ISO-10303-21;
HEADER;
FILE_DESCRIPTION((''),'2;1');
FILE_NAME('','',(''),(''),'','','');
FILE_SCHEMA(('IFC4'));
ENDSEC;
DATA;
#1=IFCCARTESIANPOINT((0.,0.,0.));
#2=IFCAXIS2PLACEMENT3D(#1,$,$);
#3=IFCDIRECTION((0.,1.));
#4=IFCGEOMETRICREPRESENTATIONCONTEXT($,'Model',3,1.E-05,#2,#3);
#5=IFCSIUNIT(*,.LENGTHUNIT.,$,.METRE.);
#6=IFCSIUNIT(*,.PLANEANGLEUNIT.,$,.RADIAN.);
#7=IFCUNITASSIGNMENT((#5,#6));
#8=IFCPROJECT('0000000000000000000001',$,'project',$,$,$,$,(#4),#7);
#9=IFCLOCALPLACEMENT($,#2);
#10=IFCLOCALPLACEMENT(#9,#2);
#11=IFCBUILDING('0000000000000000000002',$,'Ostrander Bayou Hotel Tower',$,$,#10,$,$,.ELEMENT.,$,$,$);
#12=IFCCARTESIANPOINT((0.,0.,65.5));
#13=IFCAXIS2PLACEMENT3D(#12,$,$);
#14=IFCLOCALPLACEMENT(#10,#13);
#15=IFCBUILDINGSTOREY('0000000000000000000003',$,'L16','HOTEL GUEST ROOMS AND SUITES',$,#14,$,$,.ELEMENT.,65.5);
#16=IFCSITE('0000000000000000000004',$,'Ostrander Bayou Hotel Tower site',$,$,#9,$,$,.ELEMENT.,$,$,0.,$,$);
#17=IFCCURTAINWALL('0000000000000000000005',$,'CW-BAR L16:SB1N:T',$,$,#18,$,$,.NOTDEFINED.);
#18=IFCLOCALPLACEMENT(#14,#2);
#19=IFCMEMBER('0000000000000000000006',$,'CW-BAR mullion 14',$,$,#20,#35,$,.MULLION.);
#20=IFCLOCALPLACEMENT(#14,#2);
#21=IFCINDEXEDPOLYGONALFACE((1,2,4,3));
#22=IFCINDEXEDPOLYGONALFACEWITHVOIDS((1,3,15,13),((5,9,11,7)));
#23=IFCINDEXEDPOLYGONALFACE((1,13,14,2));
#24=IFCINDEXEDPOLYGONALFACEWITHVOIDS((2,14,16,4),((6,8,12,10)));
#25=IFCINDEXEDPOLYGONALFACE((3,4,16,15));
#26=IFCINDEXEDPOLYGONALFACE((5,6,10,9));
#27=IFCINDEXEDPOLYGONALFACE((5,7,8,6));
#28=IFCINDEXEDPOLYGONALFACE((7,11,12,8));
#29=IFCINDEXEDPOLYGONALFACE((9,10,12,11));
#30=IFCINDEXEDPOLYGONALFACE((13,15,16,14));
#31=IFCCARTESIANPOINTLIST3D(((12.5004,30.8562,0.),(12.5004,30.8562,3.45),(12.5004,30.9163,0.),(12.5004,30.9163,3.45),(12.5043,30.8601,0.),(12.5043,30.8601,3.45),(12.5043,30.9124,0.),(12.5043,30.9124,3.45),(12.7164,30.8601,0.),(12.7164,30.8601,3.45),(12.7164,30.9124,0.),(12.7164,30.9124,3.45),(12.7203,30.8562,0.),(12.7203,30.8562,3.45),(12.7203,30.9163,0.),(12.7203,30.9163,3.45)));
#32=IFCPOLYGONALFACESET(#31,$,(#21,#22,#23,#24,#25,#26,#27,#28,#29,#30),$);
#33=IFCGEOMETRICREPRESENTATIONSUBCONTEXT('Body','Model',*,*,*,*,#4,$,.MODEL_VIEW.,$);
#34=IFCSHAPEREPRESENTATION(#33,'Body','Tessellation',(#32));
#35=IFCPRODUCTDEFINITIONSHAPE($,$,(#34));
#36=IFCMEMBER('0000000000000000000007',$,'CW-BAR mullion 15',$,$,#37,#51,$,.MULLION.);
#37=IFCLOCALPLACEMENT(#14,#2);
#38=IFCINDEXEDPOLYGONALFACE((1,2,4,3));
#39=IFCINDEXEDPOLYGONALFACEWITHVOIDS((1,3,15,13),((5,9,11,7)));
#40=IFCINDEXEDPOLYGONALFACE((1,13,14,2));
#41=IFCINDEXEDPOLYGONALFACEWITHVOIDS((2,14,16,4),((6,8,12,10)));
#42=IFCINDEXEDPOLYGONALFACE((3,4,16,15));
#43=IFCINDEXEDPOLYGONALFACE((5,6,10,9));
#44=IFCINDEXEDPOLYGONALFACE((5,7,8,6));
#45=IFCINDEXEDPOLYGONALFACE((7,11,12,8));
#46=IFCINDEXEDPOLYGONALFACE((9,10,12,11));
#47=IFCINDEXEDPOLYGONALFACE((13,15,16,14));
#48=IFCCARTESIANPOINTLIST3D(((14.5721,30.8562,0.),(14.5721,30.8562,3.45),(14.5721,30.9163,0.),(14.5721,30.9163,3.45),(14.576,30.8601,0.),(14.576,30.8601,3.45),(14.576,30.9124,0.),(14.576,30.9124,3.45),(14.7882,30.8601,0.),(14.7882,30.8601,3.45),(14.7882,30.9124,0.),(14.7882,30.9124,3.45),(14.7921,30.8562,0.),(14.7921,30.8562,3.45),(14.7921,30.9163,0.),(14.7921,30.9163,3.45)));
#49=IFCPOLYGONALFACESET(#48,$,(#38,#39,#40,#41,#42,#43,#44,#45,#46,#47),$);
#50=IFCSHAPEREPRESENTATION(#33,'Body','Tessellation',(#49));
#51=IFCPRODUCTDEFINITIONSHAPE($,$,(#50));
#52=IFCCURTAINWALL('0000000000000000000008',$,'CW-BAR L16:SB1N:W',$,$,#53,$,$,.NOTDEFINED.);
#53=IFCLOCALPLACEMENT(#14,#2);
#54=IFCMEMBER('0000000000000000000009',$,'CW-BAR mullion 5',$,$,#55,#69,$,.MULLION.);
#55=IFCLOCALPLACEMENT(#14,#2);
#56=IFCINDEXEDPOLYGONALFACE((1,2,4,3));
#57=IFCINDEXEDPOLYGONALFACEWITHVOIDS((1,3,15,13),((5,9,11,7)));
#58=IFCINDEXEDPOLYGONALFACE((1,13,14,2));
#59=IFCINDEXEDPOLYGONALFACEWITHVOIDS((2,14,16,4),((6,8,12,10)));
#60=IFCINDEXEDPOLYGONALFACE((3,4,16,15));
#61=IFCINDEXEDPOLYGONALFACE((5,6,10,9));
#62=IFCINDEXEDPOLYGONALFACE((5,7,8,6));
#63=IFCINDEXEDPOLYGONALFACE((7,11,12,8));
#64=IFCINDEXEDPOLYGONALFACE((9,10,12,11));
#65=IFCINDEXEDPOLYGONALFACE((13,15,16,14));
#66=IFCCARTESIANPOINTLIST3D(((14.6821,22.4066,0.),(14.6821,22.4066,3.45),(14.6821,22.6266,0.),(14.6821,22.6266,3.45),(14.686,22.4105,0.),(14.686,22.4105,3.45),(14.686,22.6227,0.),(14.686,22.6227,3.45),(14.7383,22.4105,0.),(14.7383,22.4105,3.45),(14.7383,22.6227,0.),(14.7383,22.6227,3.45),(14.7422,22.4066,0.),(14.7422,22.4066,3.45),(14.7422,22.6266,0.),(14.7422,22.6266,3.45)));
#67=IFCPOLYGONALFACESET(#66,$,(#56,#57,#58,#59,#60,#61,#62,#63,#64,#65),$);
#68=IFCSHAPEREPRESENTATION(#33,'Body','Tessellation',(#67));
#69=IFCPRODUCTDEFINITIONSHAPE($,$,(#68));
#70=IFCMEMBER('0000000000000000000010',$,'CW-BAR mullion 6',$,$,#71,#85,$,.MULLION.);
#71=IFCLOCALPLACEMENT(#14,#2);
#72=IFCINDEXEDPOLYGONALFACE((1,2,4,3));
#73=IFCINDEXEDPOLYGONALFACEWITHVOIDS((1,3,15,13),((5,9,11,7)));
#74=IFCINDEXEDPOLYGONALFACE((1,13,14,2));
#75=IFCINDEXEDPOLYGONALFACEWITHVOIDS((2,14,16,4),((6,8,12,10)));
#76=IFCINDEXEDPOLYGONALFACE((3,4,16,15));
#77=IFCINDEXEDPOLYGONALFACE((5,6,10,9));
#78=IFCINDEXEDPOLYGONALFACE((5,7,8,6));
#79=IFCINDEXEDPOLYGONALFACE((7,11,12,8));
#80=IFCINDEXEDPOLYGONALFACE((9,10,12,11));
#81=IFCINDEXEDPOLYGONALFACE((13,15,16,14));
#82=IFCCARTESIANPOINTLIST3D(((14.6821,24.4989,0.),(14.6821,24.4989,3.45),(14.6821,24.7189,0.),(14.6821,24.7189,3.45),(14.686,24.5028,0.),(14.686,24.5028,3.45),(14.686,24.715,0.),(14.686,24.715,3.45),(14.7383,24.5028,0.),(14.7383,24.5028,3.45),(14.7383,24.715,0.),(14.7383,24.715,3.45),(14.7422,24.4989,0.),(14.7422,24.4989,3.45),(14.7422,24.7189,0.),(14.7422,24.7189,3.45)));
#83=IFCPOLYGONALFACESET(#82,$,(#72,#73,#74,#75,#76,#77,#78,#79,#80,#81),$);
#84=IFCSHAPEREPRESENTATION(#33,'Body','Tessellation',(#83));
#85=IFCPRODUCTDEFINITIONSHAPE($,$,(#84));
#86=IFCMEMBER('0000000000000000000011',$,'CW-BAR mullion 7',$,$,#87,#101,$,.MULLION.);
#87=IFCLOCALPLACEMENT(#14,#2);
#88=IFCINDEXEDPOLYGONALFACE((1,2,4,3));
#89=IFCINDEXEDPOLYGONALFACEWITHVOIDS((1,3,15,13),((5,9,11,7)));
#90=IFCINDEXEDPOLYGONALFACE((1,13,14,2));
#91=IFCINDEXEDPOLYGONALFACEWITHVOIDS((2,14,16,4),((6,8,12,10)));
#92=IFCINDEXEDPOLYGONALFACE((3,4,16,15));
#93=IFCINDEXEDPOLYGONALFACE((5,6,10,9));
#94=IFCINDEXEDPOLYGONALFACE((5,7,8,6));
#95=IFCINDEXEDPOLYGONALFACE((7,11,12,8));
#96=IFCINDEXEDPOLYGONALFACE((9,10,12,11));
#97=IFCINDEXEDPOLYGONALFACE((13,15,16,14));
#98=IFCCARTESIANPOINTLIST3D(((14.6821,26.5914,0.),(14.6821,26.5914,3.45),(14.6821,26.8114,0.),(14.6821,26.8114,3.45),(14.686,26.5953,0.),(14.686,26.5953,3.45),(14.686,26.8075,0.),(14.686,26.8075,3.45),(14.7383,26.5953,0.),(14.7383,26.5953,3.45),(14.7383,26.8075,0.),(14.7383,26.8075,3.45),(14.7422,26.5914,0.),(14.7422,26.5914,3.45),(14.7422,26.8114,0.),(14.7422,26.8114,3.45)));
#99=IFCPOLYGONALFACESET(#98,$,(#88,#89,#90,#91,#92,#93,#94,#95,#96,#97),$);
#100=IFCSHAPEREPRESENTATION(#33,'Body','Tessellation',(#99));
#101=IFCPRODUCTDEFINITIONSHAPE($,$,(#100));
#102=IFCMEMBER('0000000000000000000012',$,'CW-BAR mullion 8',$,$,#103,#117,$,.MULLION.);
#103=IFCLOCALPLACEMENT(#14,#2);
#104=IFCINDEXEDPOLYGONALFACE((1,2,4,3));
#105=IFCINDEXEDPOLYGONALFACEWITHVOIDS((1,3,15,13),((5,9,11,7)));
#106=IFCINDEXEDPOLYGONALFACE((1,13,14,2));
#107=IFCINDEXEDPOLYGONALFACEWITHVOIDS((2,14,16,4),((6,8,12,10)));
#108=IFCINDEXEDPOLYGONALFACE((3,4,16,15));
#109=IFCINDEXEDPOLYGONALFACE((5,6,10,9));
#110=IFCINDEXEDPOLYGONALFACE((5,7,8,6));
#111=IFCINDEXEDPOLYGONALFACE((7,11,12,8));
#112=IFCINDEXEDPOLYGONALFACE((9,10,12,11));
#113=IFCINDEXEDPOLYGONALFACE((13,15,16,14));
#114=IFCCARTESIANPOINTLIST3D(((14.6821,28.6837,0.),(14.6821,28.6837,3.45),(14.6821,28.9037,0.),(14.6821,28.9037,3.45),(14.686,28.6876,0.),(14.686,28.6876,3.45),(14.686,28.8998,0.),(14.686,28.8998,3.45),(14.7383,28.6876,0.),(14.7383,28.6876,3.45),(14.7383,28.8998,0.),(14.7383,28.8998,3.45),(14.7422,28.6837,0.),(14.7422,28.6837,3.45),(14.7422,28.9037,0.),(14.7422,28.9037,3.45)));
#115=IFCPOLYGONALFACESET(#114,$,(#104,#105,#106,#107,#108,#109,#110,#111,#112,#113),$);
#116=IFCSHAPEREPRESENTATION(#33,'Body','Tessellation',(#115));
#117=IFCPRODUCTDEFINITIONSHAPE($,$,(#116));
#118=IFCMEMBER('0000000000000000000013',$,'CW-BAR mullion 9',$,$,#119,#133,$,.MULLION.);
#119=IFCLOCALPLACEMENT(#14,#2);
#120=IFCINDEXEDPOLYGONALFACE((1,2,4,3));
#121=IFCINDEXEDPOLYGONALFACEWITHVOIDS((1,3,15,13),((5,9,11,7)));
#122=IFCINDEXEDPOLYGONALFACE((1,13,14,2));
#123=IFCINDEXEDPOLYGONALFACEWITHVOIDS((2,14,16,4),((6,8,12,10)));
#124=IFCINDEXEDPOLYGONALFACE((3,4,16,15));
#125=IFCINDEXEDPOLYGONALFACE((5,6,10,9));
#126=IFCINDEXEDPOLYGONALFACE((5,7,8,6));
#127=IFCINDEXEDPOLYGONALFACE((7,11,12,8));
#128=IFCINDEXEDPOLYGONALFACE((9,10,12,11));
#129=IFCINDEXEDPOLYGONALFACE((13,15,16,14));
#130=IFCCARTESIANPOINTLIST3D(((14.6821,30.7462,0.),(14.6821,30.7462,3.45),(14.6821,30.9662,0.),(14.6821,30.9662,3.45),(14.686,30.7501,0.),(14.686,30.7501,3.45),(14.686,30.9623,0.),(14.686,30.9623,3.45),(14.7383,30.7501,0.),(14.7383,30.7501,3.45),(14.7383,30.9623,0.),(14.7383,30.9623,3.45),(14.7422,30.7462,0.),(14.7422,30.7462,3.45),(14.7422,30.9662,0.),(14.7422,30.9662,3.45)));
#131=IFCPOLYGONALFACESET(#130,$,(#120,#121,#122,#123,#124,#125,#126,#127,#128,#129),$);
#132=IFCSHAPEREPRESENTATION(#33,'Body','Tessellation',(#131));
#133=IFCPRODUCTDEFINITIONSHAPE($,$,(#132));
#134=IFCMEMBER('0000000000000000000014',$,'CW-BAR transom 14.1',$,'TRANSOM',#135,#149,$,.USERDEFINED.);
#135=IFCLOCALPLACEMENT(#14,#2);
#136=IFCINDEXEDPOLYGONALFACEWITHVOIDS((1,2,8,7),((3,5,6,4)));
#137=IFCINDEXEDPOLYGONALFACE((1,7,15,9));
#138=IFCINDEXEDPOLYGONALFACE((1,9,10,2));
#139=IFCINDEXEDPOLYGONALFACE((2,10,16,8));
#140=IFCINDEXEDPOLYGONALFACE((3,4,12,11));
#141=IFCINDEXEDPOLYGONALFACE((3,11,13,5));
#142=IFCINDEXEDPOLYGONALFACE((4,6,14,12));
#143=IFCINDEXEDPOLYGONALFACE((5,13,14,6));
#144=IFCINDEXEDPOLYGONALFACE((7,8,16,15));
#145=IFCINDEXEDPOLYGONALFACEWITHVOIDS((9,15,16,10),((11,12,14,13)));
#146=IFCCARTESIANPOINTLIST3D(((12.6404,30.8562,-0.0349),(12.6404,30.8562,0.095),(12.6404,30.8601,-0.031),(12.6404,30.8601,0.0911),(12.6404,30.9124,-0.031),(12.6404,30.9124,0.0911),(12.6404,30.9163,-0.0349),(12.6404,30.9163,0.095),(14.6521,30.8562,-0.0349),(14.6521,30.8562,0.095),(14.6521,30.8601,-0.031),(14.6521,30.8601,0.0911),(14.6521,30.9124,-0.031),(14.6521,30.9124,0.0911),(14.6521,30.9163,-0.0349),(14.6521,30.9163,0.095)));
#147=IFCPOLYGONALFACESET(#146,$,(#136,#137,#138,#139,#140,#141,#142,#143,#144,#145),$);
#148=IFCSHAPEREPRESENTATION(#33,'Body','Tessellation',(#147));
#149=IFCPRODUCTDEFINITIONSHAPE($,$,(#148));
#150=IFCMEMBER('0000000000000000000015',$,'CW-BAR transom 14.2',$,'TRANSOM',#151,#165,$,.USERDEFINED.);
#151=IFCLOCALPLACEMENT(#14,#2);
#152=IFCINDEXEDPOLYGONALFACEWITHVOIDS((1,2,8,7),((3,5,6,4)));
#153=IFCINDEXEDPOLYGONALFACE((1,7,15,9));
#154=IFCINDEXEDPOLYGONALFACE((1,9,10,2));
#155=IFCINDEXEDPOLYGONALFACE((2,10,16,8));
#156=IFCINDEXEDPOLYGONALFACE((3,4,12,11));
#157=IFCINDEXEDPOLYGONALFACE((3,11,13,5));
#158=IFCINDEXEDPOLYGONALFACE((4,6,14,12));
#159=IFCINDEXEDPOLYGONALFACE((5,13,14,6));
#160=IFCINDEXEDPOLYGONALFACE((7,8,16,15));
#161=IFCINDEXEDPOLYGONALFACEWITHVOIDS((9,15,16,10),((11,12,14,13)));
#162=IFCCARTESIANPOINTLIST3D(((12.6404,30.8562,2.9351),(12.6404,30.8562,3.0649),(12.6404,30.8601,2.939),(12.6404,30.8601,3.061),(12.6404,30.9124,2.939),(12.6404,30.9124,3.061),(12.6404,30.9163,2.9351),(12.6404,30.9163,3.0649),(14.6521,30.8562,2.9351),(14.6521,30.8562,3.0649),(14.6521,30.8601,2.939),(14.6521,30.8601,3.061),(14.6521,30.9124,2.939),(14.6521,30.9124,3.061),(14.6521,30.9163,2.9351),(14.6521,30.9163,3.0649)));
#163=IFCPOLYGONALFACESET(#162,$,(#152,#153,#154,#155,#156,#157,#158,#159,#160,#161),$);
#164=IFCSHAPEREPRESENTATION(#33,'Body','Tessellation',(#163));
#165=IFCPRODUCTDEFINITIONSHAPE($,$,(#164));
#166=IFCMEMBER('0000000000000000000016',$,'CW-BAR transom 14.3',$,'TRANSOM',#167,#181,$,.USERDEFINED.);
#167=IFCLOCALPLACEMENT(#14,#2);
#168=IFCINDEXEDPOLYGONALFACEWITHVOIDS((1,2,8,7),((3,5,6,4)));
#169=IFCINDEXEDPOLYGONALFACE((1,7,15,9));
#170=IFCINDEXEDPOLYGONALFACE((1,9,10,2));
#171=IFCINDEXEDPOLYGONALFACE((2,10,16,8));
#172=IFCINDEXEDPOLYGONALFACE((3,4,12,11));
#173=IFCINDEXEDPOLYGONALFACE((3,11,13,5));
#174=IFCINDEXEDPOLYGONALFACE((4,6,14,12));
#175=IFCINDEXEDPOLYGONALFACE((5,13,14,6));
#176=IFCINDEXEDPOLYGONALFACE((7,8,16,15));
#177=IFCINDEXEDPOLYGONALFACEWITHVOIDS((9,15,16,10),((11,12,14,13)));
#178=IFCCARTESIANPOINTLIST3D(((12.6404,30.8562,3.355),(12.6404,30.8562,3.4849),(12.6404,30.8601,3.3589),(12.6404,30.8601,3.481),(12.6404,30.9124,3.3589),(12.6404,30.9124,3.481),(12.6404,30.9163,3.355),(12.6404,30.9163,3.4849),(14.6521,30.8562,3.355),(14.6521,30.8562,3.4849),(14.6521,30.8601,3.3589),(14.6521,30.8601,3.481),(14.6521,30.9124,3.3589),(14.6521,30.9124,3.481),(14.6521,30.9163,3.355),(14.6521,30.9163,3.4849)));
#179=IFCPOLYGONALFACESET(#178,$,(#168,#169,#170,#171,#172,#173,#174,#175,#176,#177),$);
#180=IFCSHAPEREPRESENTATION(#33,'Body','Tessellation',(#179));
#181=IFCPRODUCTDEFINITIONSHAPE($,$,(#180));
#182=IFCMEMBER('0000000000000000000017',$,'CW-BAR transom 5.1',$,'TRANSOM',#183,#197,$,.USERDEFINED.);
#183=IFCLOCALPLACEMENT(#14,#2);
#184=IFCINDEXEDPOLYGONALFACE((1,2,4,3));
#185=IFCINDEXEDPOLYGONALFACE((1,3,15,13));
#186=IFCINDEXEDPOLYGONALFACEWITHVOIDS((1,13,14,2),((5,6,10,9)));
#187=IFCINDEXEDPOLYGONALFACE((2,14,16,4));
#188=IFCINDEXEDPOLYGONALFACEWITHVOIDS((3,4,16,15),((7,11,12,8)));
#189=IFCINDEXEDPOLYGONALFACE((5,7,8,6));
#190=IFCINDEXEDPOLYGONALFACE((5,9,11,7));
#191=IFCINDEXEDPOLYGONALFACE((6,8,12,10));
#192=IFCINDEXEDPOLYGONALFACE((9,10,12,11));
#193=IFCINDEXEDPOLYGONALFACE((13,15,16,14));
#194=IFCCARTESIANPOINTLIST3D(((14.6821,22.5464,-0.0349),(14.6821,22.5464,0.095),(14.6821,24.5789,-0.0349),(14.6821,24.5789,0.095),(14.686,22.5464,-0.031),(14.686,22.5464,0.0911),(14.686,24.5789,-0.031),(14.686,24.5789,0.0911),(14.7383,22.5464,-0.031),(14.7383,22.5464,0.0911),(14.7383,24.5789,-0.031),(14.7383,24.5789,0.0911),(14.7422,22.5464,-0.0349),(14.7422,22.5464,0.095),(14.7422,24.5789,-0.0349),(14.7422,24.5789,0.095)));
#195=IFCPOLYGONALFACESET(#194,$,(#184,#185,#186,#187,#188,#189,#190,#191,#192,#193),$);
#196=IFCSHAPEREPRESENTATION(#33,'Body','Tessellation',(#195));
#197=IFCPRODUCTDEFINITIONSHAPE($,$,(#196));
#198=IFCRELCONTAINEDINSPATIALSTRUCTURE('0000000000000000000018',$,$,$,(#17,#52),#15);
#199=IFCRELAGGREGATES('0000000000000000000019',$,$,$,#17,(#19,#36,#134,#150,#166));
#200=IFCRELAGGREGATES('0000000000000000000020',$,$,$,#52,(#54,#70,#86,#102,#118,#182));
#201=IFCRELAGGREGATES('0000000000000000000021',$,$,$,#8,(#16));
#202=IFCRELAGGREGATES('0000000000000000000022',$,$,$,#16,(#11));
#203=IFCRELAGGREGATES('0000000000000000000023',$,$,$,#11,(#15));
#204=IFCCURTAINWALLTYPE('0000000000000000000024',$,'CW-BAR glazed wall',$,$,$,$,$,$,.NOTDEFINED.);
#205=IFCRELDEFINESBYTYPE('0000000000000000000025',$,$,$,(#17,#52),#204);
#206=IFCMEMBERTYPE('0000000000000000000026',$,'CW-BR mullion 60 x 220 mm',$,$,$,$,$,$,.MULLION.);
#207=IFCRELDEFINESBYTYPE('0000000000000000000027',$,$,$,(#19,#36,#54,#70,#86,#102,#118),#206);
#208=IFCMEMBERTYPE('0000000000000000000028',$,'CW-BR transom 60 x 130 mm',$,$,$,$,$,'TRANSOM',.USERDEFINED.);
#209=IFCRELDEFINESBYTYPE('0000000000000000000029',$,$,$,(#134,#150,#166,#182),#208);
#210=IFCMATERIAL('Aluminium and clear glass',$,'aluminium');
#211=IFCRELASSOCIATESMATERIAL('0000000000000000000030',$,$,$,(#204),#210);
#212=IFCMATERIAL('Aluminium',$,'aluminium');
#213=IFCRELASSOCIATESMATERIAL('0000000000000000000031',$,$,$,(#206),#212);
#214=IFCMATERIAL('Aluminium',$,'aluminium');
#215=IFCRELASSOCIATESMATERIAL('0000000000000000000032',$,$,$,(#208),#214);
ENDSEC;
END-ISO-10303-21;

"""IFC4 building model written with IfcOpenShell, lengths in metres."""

from ifc_helpers import new_model, si_unit, direction, frame, origin, origin_2d, place, context, subcontext, project, spatial, hollow_rectangle, extrude, material, material_profile, profile_set, type_object, element, aggregate, save


model = new_model("IFC4")

# Units and contexts
model_context = context("Model", 3, precision=1e-05, world=origin(), true_north=direction((0.0, 1.0)))
body_context = subcontext(model_context, "Body", "Model", "MODEL_VIEW")
ifc_project = project(units=[si_unit("LENGTHUNIT", "METRE"), si_unit("PLANEANGLEUNIT", "RADIAN")], contexts=[model_context])

# Site, building, storey
site_placement = place(None, origin())
site = spatial("IfcSite", under=ifc_project, at=site_placement, Name="Ostrander Bayou Hotel Tower site", CompositionType="ELEMENT", RefElevation=0.0)
building_placement = place(site_placement, origin())
building = spatial("IfcBuilding", under=site, at=building_placement, Name="Ostrander Bayou Hotel Tower", CompositionType="ELEMENT")
storey_placement = place(building_placement, frame((0.0, 0.0, 65.5)))
storey = spatial("IfcBuildingStorey", under=building, at=storey_placement, Name="L16", Description="HOTEL GUEST ROOMS AND SUITES", CompositionType="ELEMENT", Elevation=65.5)

# Curtain walls, members
ifc_material_1 = material(Name="Aluminium and clear glass", Category="aluminium")
curtain_wall_type = type_object("IfcCurtainWallType", Name="CW-BAR glazed wall", PredefinedType="NOTDEFINED", material=ifc_material_1)
curtain_wall_1_placement = place(storey_placement, origin())
curtain_wall_1 = element("IfcCurtainWall", 1, at=curtain_wall_1_placement, inside=storey, type_object=curtain_wall_type, Name="CW-BAR L16:SB1N:T", PredefinedType="NOTDEFINED")
ifc_material_2 = material(Name="Aluminium", Category="aluminium")
ifc_material_profile_1 = material_profile(ifc_material_2, hollow_rectangle(XDim=0.0601, YDim=0.22, WallThickness=0.0039, at=origin_2d()))
ifc_profile_set_1 = profile_set([ifc_material_profile_1], Name="Aluminium")
member_type_1 = type_object("IfcMemberType", Name="CW-BR mullion 60 x 220 mm", PredefinedType="MULLION", material=ifc_profile_set_1)
member_1_placement = place(storey_placement, frame((12.6104, 30.8862, 0.0), z_axis=(0.0, 0.0, 1.0), x_axis=(0.0, 1.0, 0.0)))
member_1 = element("IfcMember", 2, at=member_1_placement, type_object=member_type_1, Name="CW-BAR mullion 14", PredefinedType="MULLION", context=body_context, shape_type="SweptSolid", body=[
    extrude(hollow_rectangle(XDim=0.0601, YDim=0.22, WallThickness=0.0039, at=origin_2d()), origin(), (0.0, 0.0, 1.0), 3.45),
])
member_2_placement = place(storey_placement, frame((14.6821, 30.8862, 0.0), z_axis=(0.0, 0.0, 1.0), x_axis=(0.0, 1.0, 0.0)))
member_2 = element("IfcMember", 3, at=member_2_placement, type_object=member_type_1, Name="CW-BAR mullion 15", PredefinedType="MULLION", context=body_context, shape_type="SweptSolid", body=[
    extrude(hollow_rectangle(XDim=0.0601, YDim=0.22, WallThickness=0.0039, at=origin_2d()), origin(), (0.0, 0.0, 1.0), 3.45),
])
curtain_wall_2_placement = place(storey_placement, origin())
curtain_wall_2 = element("IfcCurtainWall", 4, at=curtain_wall_2_placement, inside=storey, type_object=curtain_wall_type, Name="CW-BAR L16:SB1N:W", PredefinedType="NOTDEFINED")
member_3_placement = place(storey_placement, frame((14.7122, 22.5166, 0.0), z_axis=(0.0, 0.0, 1.0), x_axis=(-1.0, 0.0, 0.0)))
member_3 = element("IfcMember", 5, at=member_3_placement, type_object=member_type_1, Name="CW-BAR mullion 5", PredefinedType="MULLION", context=body_context, shape_type="SweptSolid", body=[
    extrude(hollow_rectangle(XDim=0.0601, YDim=0.22, WallThickness=0.0039, at=origin_2d()), origin(), (0.0, 0.0, 1.0), 3.45),
])
member_4_placement = place(storey_placement, frame((14.7122, 24.6089, 0.0), z_axis=(0.0, 0.0, 1.0), x_axis=(-1.0, 0.0, 0.0)))
member_4 = element("IfcMember", 6, at=member_4_placement, type_object=member_type_1, Name="CW-BAR mullion 6", PredefinedType="MULLION", context=body_context, shape_type="SweptSolid", body=[
    extrude(hollow_rectangle(XDim=0.0601, YDim=0.22, WallThickness=0.0039, at=origin_2d()), origin(), (0.0, 0.0, 1.0), 3.45),
])
member_5_placement = place(storey_placement, frame((14.7122, 26.7014, 0.0), z_axis=(0.0, 0.0, 1.0), x_axis=(-1.0, 0.0, 0.0)))
member_5 = element("IfcMember", 7, at=member_5_placement, type_object=member_type_1, Name="CW-BAR mullion 7", PredefinedType="MULLION", context=body_context, shape_type="SweptSolid", body=[
    extrude(hollow_rectangle(XDim=0.0601, YDim=0.22, WallThickness=0.0039, at=origin_2d()), origin(), (0.0, 0.0, 1.0), 3.45),
])
member_6_placement = place(storey_placement, frame((14.7122, 28.7937, 0.0), z_axis=(0.0, 0.0, 1.0), x_axis=(-1.0, 0.0, 0.0)))
member_6 = element("IfcMember", 8, at=member_6_placement, type_object=member_type_1, Name="CW-BAR mullion 8", PredefinedType="MULLION", context=body_context, shape_type="SweptSolid", body=[
    extrude(hollow_rectangle(XDim=0.0601, YDim=0.22, WallThickness=0.0039, at=origin_2d()), origin(), (0.0, 0.0, 1.0), 3.45),
])
member_7_placement = place(storey_placement, frame((14.7122, 30.8562, 0.0), z_axis=(0.0, 0.0, 1.0), x_axis=(-1.0, 0.0, 0.0)))
member_7 = element("IfcMember", 9, at=member_7_placement, type_object=member_type_1, Name="CW-BAR mullion 9", PredefinedType="MULLION", context=body_context, shape_type="SweptSolid", body=[
    extrude(hollow_rectangle(XDim=0.0601, YDim=0.22, WallThickness=0.0039, at=origin_2d()), origin(), (0.0, 0.0, 1.0), 3.45),
])

# Members
ifc_material_3 = material(Name="Aluminium", Category="aluminium")
ifc_material_profile_2 = material_profile(ifc_material_3, hollow_rectangle(XDim=0.0601, YDim=0.1299, WallThickness=0.0039, at=origin_2d()))
ifc_profile_set_2 = profile_set([ifc_material_profile_2], Name="Aluminium")
member_type_2 = type_object("IfcMemberType", Name="CW-BR transom 60 x 130 mm", ElementType="TRANSOM", PredefinedType="USERDEFINED", material=ifc_profile_set_2)
member_8_placement = place(storey_placement, frame((12.6404, 30.8862, 0.03), z_axis=(1.0, 0.0, 0.0), x_axis=(0.0, 1.0, 0.0)))
member_8 = element("IfcMember", 10, at=member_8_placement, type_object=member_type_2, Name="CW-BAR transom 14.1", ObjectType="TRANSOM", PredefinedType="USERDEFINED", context=body_context, shape_type="SweptSolid", body=[
    extrude(hollow_rectangle(XDim=0.0601, YDim=0.1299, WallThickness=0.0039, at=origin_2d()), origin(), (0.0, 0.0, 1.0), 2.0117),
])
member_9_placement = place(storey_placement, frame((12.6404, 30.8862, 3.0), z_axis=(1.0, 0.0, 0.0), x_axis=(0.0, 1.0, 0.0)))
member_9 = element("IfcMember", 11, at=member_9_placement, type_object=member_type_2, Name="CW-BAR transom 14.2", ObjectType="TRANSOM", PredefinedType="USERDEFINED", context=body_context, shape_type="SweptSolid", body=[
    extrude(hollow_rectangle(XDim=0.0601, YDim=0.1299, WallThickness=0.0039, at=origin_2d()), origin(), (0.0, 0.0, 1.0), 2.0117),
])
member_10_placement = place(storey_placement, frame((12.6404, 30.8862, 3.4199), z_axis=(1.0, 0.0, 0.0), x_axis=(0.0, 1.0, 0.0)))
member_10 = element("IfcMember", 12, at=member_10_placement, type_object=member_type_2, Name="CW-BAR transom 14.3", ObjectType="TRANSOM", PredefinedType="USERDEFINED", context=body_context, shape_type="SweptSolid", body=[
    extrude(hollow_rectangle(XDim=0.0601, YDim=0.1299, WallThickness=0.0039, at=origin_2d()), origin(), (0.0, 0.0, 1.0), 2.0117),
])
member_11_placement = place(storey_placement, frame((14.7122, 22.5464, 0.03), z_axis=(0.0, 1.0, 0.0), x_axis=(-1.0, 0.0, 0.0)))
member_11 = element("IfcMember", 13, at=member_11_placement, type_object=member_type_2, Name="CW-BAR transom 5.1", ObjectType="TRANSOM", PredefinedType="USERDEFINED", context=body_context, shape_type="SweptSolid", body=[
    extrude(hollow_rectangle(XDim=0.0601, YDim=0.1299, WallThickness=0.0039, at=origin_2d()), origin(), (0.0, 0.0, 1.0), 2.0325),
])

aggregate(curtain_wall_1, [member_1, member_2, member_8, member_9, member_10])
aggregate(curtain_wall_2, [member_3, member_4, member_5, member_6, member_7, member_11])

save(model, "model.ifc")
